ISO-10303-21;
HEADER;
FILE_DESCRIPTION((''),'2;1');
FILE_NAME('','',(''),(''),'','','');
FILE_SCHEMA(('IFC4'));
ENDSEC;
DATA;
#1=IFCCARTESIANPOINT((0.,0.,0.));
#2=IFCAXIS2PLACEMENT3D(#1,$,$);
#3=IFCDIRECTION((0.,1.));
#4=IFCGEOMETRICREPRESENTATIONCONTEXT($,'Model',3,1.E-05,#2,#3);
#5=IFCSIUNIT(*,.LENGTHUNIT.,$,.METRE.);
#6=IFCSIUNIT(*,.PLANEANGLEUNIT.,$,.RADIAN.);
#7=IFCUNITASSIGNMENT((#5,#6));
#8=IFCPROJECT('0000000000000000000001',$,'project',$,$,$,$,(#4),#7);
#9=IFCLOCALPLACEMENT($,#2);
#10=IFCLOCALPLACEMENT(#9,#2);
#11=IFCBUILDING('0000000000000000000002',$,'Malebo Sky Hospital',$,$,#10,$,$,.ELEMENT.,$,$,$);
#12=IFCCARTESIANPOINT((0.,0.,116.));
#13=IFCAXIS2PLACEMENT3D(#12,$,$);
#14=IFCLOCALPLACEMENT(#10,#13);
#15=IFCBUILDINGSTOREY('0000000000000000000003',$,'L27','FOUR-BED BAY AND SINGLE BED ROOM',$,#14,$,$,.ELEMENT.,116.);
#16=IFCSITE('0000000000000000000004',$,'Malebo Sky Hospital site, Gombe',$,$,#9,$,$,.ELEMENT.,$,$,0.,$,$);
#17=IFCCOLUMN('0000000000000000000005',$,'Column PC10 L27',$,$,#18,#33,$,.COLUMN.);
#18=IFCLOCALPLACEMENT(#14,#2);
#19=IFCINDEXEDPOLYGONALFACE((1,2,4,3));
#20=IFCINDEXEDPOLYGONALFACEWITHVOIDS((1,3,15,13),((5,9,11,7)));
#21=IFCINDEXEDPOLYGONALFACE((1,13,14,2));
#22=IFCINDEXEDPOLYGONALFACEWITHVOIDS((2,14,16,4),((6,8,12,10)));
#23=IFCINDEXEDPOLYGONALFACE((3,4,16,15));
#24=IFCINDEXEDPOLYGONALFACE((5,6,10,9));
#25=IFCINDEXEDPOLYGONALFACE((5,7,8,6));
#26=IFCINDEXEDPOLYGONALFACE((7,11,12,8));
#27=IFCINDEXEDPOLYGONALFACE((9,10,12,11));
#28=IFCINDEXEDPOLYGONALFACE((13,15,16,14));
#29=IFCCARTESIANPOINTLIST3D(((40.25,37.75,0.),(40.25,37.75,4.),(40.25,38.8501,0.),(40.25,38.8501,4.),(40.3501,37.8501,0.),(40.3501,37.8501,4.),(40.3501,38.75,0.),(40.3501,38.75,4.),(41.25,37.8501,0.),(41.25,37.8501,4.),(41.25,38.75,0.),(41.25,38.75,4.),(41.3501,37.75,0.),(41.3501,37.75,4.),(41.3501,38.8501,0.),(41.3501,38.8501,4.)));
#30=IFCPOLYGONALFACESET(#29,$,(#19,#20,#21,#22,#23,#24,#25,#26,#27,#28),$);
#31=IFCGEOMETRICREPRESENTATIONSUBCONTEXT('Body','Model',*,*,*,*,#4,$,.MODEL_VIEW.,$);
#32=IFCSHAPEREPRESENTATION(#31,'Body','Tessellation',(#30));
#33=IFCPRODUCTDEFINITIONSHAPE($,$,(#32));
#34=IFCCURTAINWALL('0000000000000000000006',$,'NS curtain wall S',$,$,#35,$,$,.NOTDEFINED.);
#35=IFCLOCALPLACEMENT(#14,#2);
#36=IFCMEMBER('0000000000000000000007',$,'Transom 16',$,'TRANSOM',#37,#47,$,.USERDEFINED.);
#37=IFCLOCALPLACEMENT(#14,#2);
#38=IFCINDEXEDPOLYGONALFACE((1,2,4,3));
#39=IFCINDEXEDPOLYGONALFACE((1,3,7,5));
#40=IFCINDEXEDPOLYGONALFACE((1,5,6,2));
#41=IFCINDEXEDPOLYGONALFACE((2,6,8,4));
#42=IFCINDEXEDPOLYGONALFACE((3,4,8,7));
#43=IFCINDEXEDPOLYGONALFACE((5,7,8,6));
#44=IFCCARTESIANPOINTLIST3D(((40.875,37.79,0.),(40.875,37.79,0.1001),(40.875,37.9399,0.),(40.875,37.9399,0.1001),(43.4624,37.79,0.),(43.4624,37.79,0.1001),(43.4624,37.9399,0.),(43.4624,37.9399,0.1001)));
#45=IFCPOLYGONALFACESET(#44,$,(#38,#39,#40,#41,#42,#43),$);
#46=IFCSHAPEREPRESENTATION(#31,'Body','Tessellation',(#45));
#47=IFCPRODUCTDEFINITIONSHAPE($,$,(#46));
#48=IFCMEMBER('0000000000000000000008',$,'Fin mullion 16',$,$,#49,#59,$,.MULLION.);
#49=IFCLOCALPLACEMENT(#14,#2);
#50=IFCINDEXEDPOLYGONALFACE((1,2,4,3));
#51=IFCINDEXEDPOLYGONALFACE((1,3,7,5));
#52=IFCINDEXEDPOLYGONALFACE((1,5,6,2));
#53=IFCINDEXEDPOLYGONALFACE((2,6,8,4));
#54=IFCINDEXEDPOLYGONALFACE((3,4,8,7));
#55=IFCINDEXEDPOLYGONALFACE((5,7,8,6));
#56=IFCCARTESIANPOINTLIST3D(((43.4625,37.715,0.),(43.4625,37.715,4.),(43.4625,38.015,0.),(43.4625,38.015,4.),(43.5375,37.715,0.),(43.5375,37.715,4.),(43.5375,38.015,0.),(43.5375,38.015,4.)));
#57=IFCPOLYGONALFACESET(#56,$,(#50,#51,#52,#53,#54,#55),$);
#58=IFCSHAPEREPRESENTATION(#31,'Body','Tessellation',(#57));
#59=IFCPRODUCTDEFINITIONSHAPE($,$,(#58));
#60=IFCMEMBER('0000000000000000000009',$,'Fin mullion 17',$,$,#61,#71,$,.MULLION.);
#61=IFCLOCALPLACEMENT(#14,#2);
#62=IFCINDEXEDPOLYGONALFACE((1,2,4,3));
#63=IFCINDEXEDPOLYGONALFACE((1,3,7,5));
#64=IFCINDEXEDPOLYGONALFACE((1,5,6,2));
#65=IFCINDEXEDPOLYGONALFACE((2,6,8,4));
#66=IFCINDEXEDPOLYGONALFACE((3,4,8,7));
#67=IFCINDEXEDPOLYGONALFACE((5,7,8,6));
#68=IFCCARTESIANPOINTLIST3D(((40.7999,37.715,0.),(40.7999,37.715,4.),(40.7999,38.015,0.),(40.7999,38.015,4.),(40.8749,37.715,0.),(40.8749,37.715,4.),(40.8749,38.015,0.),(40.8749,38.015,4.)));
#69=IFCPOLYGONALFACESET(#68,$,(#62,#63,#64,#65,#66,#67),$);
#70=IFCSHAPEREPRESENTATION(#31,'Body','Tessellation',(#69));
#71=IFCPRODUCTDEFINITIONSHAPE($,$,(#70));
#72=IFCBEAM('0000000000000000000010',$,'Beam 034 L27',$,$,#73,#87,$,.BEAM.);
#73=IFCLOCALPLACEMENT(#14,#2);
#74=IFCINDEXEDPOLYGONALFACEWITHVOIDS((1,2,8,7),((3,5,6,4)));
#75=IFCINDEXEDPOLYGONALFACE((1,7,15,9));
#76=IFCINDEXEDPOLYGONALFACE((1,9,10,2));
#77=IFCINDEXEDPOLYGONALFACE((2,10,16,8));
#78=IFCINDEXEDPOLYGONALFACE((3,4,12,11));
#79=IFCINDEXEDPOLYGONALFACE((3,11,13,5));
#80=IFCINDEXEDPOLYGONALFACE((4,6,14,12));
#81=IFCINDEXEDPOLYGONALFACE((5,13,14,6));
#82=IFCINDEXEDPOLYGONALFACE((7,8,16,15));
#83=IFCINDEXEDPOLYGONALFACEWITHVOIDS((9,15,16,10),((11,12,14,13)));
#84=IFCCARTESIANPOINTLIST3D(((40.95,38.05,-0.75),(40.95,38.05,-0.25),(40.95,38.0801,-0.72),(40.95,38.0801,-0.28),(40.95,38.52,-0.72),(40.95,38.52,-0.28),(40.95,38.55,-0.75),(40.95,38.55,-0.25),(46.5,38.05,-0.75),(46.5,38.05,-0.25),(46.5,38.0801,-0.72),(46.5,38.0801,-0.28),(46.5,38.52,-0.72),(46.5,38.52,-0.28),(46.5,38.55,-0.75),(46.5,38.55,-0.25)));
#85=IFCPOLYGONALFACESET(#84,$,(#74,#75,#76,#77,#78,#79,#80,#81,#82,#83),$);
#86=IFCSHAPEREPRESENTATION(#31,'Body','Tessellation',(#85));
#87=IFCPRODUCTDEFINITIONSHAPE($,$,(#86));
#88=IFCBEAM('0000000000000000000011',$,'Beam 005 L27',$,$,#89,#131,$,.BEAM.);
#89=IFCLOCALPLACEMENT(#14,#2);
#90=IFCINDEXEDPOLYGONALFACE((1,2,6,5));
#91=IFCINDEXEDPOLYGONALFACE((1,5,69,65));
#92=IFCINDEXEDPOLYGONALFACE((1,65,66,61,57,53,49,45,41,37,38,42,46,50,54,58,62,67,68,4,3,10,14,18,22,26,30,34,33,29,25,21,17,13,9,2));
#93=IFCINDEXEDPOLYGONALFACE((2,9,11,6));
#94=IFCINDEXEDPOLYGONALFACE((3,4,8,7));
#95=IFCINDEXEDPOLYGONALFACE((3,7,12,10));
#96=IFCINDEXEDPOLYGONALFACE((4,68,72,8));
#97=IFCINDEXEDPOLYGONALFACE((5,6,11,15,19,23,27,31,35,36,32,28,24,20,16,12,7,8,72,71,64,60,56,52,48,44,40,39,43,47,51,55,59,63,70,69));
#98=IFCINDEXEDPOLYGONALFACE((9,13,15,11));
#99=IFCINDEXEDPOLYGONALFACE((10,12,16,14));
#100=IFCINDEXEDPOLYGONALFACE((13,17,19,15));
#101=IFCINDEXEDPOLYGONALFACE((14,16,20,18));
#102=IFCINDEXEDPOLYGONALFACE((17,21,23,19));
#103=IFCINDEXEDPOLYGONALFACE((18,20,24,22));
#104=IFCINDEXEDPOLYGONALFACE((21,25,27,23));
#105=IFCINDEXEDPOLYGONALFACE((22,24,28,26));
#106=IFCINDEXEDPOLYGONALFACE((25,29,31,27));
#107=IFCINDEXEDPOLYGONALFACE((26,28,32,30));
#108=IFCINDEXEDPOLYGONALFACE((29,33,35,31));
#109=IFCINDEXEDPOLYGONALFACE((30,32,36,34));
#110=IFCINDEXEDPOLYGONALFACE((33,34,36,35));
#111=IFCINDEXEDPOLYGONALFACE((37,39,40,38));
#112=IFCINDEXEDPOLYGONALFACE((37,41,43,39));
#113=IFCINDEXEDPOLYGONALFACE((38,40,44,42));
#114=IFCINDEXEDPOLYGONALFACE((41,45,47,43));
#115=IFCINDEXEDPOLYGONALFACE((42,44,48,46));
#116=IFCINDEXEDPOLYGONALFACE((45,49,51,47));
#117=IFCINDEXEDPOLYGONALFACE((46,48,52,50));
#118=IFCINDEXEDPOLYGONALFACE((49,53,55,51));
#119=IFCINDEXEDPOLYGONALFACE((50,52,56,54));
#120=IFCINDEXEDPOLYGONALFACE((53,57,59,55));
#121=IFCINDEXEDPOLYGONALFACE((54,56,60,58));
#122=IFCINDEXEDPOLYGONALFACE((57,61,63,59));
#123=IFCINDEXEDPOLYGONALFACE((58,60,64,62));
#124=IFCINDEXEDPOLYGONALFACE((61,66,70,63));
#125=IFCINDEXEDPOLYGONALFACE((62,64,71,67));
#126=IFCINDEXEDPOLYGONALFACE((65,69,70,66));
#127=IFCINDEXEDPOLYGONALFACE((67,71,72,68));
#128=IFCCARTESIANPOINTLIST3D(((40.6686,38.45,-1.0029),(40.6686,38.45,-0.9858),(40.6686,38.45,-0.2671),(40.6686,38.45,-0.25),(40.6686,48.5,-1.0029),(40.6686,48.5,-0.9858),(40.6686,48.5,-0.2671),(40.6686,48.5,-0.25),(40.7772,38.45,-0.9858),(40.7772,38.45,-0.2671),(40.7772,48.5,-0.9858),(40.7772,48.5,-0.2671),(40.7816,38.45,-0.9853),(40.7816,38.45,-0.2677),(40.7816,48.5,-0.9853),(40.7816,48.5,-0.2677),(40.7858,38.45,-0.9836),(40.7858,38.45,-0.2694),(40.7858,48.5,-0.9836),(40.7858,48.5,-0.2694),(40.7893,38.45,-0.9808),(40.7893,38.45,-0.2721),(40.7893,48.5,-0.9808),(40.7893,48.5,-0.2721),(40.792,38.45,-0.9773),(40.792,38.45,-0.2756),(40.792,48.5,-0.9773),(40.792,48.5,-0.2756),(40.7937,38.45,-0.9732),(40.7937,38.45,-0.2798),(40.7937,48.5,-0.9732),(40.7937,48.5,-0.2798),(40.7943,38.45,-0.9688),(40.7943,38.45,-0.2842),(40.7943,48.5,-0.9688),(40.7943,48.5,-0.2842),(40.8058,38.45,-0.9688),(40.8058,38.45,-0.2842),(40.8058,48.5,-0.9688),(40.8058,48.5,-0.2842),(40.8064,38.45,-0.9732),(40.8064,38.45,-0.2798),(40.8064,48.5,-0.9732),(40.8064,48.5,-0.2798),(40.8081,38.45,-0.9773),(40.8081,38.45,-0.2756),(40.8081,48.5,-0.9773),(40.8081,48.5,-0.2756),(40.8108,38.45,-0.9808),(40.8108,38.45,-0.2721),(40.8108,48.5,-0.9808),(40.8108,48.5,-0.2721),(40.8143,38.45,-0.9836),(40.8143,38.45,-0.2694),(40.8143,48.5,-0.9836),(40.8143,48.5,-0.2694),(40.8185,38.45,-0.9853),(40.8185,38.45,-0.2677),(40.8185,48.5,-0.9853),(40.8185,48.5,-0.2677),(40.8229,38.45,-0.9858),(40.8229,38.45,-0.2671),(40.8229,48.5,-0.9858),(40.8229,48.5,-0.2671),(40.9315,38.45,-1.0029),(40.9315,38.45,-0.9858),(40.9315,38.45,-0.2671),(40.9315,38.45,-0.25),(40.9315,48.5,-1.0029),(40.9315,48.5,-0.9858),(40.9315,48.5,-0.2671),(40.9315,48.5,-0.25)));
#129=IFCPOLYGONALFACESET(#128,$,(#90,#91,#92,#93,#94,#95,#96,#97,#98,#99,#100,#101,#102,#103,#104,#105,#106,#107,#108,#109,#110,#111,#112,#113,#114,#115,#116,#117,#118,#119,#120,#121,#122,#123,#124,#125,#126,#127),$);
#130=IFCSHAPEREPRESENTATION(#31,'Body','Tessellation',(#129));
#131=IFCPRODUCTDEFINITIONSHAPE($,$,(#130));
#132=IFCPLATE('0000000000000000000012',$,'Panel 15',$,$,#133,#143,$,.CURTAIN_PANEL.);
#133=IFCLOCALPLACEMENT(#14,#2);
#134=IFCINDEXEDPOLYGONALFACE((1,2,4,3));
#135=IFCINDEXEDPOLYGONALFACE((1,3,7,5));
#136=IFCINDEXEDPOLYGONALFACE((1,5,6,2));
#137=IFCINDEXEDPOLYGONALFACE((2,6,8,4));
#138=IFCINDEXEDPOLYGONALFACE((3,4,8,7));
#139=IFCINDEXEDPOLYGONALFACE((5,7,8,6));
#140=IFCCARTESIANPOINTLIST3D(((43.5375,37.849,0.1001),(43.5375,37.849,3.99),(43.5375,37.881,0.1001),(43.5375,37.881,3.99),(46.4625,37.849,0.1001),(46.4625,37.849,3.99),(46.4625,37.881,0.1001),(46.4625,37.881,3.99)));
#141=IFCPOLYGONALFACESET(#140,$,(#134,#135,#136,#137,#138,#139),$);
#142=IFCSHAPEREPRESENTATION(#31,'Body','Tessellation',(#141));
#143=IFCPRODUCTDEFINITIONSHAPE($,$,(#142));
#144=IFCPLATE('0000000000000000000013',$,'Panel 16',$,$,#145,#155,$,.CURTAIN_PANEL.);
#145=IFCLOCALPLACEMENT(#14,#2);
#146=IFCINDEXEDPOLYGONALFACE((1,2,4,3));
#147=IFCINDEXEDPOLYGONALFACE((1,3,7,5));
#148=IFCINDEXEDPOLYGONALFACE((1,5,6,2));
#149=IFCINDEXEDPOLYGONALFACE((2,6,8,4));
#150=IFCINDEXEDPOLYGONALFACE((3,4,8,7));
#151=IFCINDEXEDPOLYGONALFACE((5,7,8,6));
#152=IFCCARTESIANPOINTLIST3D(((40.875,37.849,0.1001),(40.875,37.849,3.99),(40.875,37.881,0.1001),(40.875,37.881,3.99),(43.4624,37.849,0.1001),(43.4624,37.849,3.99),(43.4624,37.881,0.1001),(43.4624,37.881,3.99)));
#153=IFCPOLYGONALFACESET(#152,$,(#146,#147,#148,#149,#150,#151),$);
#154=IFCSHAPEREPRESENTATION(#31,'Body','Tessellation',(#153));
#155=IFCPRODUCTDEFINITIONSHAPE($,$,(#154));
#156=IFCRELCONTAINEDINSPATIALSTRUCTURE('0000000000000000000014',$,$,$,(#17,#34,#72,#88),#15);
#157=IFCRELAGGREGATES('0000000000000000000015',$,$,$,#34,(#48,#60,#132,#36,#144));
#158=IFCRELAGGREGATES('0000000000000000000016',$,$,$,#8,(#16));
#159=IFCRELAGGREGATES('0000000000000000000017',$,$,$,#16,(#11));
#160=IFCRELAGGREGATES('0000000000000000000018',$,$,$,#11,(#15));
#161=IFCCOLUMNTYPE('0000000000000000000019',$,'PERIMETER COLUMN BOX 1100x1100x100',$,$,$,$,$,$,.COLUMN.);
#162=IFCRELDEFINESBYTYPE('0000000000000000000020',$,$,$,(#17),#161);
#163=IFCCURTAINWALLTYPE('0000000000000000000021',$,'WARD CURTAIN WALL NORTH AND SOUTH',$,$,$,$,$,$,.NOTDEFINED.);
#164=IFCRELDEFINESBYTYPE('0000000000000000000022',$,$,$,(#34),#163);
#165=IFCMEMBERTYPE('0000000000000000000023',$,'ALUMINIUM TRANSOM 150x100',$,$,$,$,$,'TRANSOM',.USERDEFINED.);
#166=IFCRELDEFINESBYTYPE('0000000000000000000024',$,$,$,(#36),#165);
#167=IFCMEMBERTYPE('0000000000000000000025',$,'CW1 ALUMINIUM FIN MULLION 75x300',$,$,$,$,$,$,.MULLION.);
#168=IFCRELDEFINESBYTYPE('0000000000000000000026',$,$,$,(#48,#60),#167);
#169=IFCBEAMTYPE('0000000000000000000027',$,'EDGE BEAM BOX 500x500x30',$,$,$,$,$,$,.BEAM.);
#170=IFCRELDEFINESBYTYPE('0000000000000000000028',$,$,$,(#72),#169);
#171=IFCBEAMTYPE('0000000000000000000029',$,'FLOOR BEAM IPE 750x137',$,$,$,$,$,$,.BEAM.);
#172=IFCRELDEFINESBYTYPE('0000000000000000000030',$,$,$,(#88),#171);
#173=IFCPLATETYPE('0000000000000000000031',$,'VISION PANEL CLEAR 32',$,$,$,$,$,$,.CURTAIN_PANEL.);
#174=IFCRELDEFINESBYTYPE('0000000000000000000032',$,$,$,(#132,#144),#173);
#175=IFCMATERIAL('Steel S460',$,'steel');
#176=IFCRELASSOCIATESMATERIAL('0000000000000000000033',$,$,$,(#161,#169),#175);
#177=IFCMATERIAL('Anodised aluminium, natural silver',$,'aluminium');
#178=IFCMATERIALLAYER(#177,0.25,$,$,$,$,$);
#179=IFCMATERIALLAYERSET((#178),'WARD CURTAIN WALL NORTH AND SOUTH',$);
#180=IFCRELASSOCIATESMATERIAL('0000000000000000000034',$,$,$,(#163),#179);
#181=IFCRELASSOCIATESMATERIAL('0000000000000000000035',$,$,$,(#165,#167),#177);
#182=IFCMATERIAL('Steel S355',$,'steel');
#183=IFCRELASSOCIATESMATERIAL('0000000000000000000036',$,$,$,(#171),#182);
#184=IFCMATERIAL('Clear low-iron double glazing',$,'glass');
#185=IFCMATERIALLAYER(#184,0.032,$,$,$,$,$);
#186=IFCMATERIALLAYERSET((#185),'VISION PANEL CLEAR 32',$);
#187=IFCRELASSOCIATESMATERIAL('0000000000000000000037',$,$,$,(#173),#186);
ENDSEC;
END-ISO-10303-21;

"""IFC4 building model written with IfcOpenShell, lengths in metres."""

from ifc_helpers import new_model, si_unit, direction, frame, origin, origin_2d, place, context, subcontext, project, spatial, rectangle, hollow_rectangle, i_section, extrude, material, layer, layer_set, material_profile, profile_set, type_object, element, aggregate, save


model = new_model("IFC4")

# Units and contexts
model_context = context("Model", 3, precision=1e-05, world=origin(), true_north=direction((0.0, 1.0)))
body_context = subcontext(model_context, "Body", "Model", "MODEL_VIEW")
ifc_project = project(units=[si_unit("LENGTHUNIT", "METRE"), si_unit("PLANEANGLEUNIT", "RADIAN")], contexts=[model_context])

# Site, building, storey
site_placement = place(None, origin())
site = spatial("IfcSite", under=ifc_project, at=site_placement, Name="Malebo Sky Hospital site, Gombe", CompositionType="ELEMENT", RefElevation=0.0)
building_placement = place(site_placement, origin())
building = spatial("IfcBuilding", under=site, at=building_placement, Name="Malebo Sky Hospital", CompositionType="ELEMENT")
storey_placement = place(building_placement, frame((0.0, 0.0, 116.0)))
storey = spatial("IfcBuildingStorey", under=building, at=storey_placement, Name="L27", Description="FOUR-BED BAY AND SINGLE BED ROOM", CompositionType="ELEMENT", Elevation=116.0)

# Column
ifc_material_1 = material(Name="Steel S460", Category="steel")
ifc_material_profile_1 = material_profile(ifc_material_1, hollow_rectangle(XDim=1.1001, YDim=1.1001, WallThickness=0.1001, at=origin_2d()), Name="BOX 1100x1100x100")
ifc_profile_set_1 = profile_set([ifc_material_profile_1], Name="Steel S460")
column_type = type_object("IfcColumnType", Name="PERIMETER COLUMN BOX 1100x1100x100", PredefinedType="COLUMN", material=ifc_profile_set_1)
column_placement = place(storey_placement, frame((40.8, 38.3, 0.0), z_axis=(0.0, 0.0, 1.0), x_axis=(1.0, 0.0, 0.0)))
element("IfcColumn", 1, at=column_placement, inside=storey, type_object=column_type, Name="Column PC10 L27", PredefinedType="COLUMN", context=body_context, shape_type="SweptSolid", body=[
    extrude(hollow_rectangle(XDim=1.1001, YDim=1.1001, WallThickness=0.1001, at=origin_2d()), origin(), (0.0, 0.0, 1.0), 4.0),
])

# Curtain wall, members
ifc_material_2 = material(Name="Anodised aluminium, natural silver", Category="aluminium")
ifc_layer_1 = layer(ifc_material_2, 0.25)
ifc_layer_set_1 = layer_set([ifc_layer_1], Name="WARD CURTAIN WALL NORTH AND SOUTH")
curtain_wall_type = type_object("IfcCurtainWallType", Name="WARD CURTAIN WALL NORTH AND SOUTH", PredefinedType="NOTDEFINED", material=ifc_layer_set_1)
curtain_wall_placement = place(storey_placement, origin())
curtain_wall = element("IfcCurtainWall", 2, at=curtain_wall_placement, inside=storey, type_object=curtain_wall_type, Name="NS curtain wall S", PredefinedType="NOTDEFINED")
ifc_material_profile_2 = material_profile(ifc_material_2, rectangle(XDim=0.1499, YDim=0.1001, at=origin_2d()), Name="ALUMINIUM TRANSOM 150x100")
ifc_profile_set_2 = profile_set([ifc_material_profile_2], Name="Anodised aluminium, natural silver")
member_type_1 = type_object("IfcMemberType", Name="ALUMINIUM TRANSOM 150x100", ElementType="TRANSOM", PredefinedType="USERDEFINED", material=ifc_profile_set_2)
member_1_placement = place(storey_placement, frame((43.4624, 37.865, 0.05), z_axis=(-1.0, 0.0, 0.0), x_axis=(0.0, -1.0, 0.0)))
member_1 = element("IfcMember", 3, at=member_1_placement, type_object=member_type_1, Name="Transom 16", ObjectType="TRANSOM", PredefinedType="USERDEFINED", context=body_context, shape_type="SweptSolid", body=[
    extrude(rectangle(XDim=0.1499, YDim=0.1001, at=origin_2d()), origin(), (0.0, 0.0, 1.0), 2.5874),
])
ifc_material_profile_3 = material_profile(ifc_material_2, rectangle(XDim=0.075, YDim=0.3, at=origin_2d()), Name="CW1 ALUMINIUM FIN MULLION 75x300")
ifc_profile_set_3 = profile_set([ifc_material_profile_3], Name="Anodised aluminium, natural silver")
member_type_2 = type_object("IfcMemberType", Name="CW1 ALUMINIUM FIN MULLION 75x300", PredefinedType="MULLION", material=ifc_profile_set_3)
member_2_placement = place(storey_placement, frame((43.5, 37.865, 0.0), z_axis=(0.0, 0.0, 1.0), x_axis=(-1.0, 0.0, 0.0)))
member_2 = element("IfcMember", 4, at=member_2_placement, type_object=member_type_2, Name="Fin mullion 16", PredefinedType="MULLION", context=body_context, shape_type="SweptSolid", body=[
    extrude(rectangle(XDim=0.075, YDim=0.3, at=origin_2d()), origin(), (0.0, 0.0, 1.0), 4.0),
])
member_3_placement = place(storey_placement, frame((40.8374, 37.865, 0.0), z_axis=(0.0, 0.0, 1.0), x_axis=(-1.0, 0.0, 0.0)))
member_3 = element("IfcMember", 5, at=member_3_placement, type_object=member_type_2, Name="Fin mullion 17", PredefinedType="MULLION", context=body_context, shape_type="SweptSolid", body=[
    extrude(rectangle(XDim=0.075, YDim=0.3, at=origin_2d()), origin(), (0.0, 0.0, 1.0), 4.0),
])

# Beams
ifc_material_profile_4 = material_profile(ifc_material_1, hollow_rectangle(XDim=0.5, YDim=0.5, WallThickness=0.03, at=origin_2d()), Name="BOX 500x500x30")
ifc_profile_set_4 = profile_set([ifc_material_profile_4], Name="Steel S460")
beam_type_1 = type_object("IfcBeamType", Name="EDGE BEAM BOX 500x500x30", PredefinedType="BEAM", material=ifc_profile_set_4)
beam_1_placement = place(storey_placement, frame((40.95, 38.3, -0.5), z_axis=(1.0, 0.0, 0.0), x_axis=(0.0, 1.0, 0.0)))
element("IfcBeam", 6, at=beam_1_placement, inside=storey, type_object=beam_type_1, Name="Beam 034 L27", PredefinedType="BEAM", context=body_context, shape_type="SweptSolid", body=[
    extrude(hollow_rectangle(XDim=0.5, YDim=0.5, WallThickness=0.03, at=origin_2d()), origin(), (0.0, 0.0, 1.0), 5.55),
])
ifc_material_3 = material(Name="Steel S355", Category="steel")
ifc_material_profile_5 = material_profile(ifc_material_3, i_section(OverallWidth=0.2629, OverallDepth=0.7529, WebThickness=0.0115, FlangeThickness=0.0171, FilletRadius=0.0171, at=origin_2d()), Name="IPE 750x137")
ifc_profile_set_5 = profile_set([ifc_material_profile_5], Name="Steel S355")
beam_type_2 = type_object("IfcBeamType", Name="FLOOR BEAM IPE 750x137", PredefinedType="BEAM", material=ifc_profile_set_5)
beam_2_placement = place(storey_placement, frame((40.8, 38.45, -0.6265), z_axis=(0.0, 1.0, 0.0), x_axis=(-1.0, 0.0, 0.0)))
element("IfcBeam", 7, at=beam_2_placement, inside=storey, type_object=beam_type_2, Name="Beam 005 L27", PredefinedType="BEAM", context=body_context, shape_type="SweptSolid", body=[
    extrude(i_section(OverallWidth=0.2629, OverallDepth=0.7529, WebThickness=0.0115, FlangeThickness=0.0171, FilletRadius=0.0171, at=origin_2d()), origin(), (0.0, 0.0, 1.0), 10.05),
])

# Plates
ifc_material_4 = material(Name="Clear low-iron double glazing", Category="glass")
ifc_layer_2 = layer(ifc_material_4, 0.032)
ifc_layer_set_2 = layer_set([ifc_layer_2], Name="VISION PANEL CLEAR 32")
plate_type = type_object("IfcPlateType", Name="VISION PANEL CLEAR 32", PredefinedType="CURTAIN_PANEL", material=ifc_layer_set_2)
plate_1_placement = place(storey_placement, frame((45.0, 37.865, 0.1001), z_axis=(0.0, 0.0, 1.0), x_axis=(-1.0, 0.0, 0.0)))
plate_1 = element("IfcPlate", 8, at=plate_1_placement, type_object=plate_type, Name="Panel 15", PredefinedType="CURTAIN_PANEL", context=body_context, shape_type="SweptSolid", body=[
    extrude(rectangle(XDim=2.925, YDim=0.032, at=origin_2d()), origin(), (0.0, 0.0, 1.0), 3.8899),
])
plate_2_placement = place(storey_placement, frame((42.1687, 37.865, 0.1001), z_axis=(0.0, 0.0, 1.0), x_axis=(-1.0, 0.0, 0.0)))
plate_2 = element("IfcPlate", 9, at=plate_2_placement, type_object=plate_type, Name="Panel 16", PredefinedType="CURTAIN_PANEL", context=body_context, shape_type="SweptSolid", body=[
    extrude(rectangle(XDim=2.5874, YDim=0.032, at=origin_2d()), origin(), (0.0, 0.0, 1.0), 3.8899),
])
aggregate(curtain_wall, [member_2, member_3, plate_1, member_1, plate_2])

save(model, "model.ifc")
